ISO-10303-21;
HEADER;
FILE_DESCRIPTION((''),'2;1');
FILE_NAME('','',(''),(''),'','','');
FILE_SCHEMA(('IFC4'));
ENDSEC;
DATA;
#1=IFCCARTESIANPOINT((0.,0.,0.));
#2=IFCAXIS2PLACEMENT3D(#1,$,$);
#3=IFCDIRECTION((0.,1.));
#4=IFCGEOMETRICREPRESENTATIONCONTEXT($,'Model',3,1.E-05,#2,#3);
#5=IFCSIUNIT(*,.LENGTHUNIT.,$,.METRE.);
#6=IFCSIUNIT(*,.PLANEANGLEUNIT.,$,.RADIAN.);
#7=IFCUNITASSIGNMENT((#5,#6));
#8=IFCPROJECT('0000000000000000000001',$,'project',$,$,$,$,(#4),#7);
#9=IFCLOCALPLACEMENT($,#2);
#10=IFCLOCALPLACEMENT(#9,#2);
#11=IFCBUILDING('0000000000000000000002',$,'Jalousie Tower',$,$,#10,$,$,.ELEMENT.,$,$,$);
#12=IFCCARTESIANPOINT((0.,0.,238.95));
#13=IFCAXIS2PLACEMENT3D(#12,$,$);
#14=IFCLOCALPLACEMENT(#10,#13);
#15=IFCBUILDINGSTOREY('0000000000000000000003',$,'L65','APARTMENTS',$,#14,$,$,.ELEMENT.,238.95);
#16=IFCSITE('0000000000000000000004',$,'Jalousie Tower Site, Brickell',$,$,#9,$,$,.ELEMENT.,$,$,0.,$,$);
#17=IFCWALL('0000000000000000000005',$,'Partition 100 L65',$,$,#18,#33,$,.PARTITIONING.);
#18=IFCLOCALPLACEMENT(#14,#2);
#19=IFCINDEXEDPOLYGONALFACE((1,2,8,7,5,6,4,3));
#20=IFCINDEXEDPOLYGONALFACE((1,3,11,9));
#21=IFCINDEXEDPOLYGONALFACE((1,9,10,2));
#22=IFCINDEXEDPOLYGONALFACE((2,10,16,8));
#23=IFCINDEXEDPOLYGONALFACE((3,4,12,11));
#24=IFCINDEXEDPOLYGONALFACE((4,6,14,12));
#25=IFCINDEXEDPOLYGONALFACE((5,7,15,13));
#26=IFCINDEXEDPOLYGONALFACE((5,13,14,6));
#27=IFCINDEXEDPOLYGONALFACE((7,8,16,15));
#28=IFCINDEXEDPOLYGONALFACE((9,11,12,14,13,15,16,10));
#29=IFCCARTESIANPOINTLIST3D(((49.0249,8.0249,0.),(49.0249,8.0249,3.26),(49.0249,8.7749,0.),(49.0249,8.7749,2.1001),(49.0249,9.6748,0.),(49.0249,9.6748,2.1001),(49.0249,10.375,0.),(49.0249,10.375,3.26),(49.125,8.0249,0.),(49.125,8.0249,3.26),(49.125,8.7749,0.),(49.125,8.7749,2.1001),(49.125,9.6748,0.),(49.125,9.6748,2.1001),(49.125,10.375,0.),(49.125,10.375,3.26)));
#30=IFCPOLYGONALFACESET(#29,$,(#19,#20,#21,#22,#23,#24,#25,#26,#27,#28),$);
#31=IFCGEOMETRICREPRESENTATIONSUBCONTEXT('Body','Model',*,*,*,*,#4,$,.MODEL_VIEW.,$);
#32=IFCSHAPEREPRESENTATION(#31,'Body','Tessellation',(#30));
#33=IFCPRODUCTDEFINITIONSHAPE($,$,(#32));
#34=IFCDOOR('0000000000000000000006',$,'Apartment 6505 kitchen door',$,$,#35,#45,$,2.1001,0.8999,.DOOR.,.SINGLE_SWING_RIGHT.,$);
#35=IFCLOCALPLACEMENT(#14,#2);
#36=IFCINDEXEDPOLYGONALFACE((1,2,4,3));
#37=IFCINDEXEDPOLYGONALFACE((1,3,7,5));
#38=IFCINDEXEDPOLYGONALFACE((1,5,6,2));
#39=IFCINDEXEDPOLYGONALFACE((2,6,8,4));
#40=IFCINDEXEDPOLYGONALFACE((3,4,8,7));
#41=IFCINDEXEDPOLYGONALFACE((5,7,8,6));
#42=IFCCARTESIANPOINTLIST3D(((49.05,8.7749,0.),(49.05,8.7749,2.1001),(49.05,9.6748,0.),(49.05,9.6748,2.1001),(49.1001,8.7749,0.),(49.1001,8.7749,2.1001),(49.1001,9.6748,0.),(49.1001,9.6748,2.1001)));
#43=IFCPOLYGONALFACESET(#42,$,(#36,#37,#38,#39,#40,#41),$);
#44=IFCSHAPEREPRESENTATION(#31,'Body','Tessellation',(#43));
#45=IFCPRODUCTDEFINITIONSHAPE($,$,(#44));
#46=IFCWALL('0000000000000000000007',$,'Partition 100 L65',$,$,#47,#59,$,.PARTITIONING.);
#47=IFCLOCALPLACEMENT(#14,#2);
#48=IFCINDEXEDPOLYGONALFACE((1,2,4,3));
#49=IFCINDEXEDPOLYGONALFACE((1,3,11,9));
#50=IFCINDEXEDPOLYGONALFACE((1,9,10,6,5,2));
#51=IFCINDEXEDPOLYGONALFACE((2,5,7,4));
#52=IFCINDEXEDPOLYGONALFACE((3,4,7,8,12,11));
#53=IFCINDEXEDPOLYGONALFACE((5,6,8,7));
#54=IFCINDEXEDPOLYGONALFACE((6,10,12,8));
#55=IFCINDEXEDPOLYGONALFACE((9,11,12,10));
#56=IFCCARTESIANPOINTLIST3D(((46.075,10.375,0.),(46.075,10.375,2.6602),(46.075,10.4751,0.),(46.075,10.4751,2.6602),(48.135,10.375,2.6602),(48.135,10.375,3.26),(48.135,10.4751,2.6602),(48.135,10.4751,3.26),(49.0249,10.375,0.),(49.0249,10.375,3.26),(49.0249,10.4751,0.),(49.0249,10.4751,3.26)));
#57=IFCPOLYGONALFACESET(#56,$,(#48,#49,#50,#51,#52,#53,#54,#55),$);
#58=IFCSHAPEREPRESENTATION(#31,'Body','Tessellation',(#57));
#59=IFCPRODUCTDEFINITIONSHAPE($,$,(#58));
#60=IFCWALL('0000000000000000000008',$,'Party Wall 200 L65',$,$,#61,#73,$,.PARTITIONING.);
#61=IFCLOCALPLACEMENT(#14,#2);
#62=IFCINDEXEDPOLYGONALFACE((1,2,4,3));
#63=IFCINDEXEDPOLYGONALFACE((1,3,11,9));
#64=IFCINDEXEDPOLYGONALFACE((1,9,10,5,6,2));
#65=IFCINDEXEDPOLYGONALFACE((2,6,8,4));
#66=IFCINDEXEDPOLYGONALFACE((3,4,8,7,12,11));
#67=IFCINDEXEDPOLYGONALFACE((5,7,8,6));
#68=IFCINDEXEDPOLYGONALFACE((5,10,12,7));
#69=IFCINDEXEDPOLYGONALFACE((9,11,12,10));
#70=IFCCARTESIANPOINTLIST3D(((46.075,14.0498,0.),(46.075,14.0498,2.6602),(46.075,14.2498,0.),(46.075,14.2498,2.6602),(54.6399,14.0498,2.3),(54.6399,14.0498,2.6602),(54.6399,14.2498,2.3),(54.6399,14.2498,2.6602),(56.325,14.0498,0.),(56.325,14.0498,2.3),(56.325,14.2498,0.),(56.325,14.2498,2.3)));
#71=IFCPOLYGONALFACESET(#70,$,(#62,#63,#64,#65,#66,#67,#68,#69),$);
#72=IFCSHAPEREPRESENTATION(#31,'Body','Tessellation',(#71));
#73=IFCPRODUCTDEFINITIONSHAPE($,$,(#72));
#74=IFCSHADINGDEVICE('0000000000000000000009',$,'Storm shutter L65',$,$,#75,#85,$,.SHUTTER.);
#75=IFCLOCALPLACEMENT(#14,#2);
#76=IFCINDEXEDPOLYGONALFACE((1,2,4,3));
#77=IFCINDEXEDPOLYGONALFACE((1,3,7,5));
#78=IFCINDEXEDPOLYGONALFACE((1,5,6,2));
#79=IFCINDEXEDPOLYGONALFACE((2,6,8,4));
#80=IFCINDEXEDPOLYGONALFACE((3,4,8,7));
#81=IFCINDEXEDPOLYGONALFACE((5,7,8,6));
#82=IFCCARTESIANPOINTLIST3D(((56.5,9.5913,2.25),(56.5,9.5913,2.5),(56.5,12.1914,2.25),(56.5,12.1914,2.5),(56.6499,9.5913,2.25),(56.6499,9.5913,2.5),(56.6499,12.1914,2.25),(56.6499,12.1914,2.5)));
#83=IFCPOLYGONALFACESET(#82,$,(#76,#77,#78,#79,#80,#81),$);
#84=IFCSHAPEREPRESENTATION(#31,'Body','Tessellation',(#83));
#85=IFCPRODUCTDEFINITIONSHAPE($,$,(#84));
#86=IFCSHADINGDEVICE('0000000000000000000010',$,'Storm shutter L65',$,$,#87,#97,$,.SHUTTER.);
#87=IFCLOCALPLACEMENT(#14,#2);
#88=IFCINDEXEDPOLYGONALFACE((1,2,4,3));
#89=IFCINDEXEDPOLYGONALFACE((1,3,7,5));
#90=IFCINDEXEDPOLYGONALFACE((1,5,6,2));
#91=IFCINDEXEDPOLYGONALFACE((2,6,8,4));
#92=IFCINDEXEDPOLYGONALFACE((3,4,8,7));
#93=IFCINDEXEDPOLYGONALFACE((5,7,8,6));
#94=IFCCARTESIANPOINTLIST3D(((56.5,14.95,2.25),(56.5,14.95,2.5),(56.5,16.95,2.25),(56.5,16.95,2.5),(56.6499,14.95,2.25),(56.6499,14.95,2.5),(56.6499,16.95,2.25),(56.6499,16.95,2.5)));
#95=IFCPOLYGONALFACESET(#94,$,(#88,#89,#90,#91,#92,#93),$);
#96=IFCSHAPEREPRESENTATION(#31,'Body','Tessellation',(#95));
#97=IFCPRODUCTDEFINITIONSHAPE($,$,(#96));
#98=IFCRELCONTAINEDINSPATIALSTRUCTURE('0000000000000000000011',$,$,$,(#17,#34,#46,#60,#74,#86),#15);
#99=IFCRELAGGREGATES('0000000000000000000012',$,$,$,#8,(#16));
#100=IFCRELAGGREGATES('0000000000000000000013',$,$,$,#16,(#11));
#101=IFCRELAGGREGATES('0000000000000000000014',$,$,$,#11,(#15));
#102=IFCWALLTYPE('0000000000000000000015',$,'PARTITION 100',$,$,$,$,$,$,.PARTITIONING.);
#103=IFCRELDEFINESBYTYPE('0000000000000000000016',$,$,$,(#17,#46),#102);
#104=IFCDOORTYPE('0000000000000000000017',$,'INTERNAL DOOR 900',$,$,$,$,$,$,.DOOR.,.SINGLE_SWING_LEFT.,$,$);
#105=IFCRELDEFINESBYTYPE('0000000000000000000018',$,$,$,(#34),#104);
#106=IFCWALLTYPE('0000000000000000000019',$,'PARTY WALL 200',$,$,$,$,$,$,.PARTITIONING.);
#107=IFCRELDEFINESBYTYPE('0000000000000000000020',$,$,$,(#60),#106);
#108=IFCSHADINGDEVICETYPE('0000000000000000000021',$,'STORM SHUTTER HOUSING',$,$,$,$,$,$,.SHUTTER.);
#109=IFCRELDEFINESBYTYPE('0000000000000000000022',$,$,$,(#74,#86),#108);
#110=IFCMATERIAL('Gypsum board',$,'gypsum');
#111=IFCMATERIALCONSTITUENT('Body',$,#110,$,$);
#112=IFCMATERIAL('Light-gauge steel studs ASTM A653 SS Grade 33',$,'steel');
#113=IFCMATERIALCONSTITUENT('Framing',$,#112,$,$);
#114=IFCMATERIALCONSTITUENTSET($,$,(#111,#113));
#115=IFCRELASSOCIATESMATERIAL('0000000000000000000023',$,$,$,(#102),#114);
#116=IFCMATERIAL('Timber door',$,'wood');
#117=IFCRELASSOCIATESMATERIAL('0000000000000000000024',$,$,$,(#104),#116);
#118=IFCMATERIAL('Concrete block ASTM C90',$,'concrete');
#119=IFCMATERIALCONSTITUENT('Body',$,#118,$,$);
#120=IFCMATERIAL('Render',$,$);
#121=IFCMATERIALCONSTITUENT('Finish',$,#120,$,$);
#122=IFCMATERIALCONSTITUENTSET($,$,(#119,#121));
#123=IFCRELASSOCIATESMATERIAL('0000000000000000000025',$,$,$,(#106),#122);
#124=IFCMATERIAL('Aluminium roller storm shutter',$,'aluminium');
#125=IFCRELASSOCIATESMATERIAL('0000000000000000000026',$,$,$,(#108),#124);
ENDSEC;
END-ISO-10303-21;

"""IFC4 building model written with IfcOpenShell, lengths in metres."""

from ifc_helpers import new_model, si_unit, direction, frame, frame_2d, origin, origin_2d, place, context, subcontext, project, spatial, polyline, rectangle, outline, extrude, material, constituent, constituent_set, type_object, element, fill, save


model = new_model("IFC4")

# Units and contexts
model_context = context("Model", 3, precision=1e-05, world=origin(), true_north=direction((0.0, 1.0)))
body_context = subcontext(model_context, "Body", "Model", "MODEL_VIEW")
ifc_project = project(units=[si_unit("LENGTHUNIT", "METRE"), si_unit("PLANEANGLEUNIT", "RADIAN")], contexts=[model_context])

# Site, building, storey
site_placement = place(None, origin())
site = spatial("IfcSite", under=ifc_project, at=site_placement, Name="Jalousie Tower Site, Brickell", CompositionType="ELEMENT", RefElevation=0.0)
building_placement = place(site_placement, origin())
building = spatial("IfcBuilding", under=site, at=building_placement, Name="Jalousie Tower", CompositionType="ELEMENT")
storey_placement = place(building_placement, frame((0.0, 0.0, 238.95)))
storey = spatial("IfcBuildingStorey", under=building, at=storey_placement, Name="L65", Description="APARTMENTS", CompositionType="ELEMENT", Elevation=238.95)

# Wall, opening, door
ifc_material_1 = material(Name="Gypsum board", Category="gypsum")
ifc_constituent_1 = constituent(ifc_material_1, Name="Body")
ifc_material_2 = material(Name="Light-gauge steel studs ASTM A653 SS Grade 33", Category="steel")
ifc_constituent_2 = constituent(ifc_material_2, Name="Framing")
ifc_constituent_set_1 = constituent_set(constituents=[ifc_constituent_1, ifc_constituent_2])
wall_type_1 = type_object("IfcWallType", Name="PARTITION 100", PredefinedType="PARTITIONING", material=ifc_constituent_set_1)
wall_1_placement = place(storey_placement, frame((49.075, 8.0249, 0.0), z_axis=(0.0, 0.0, 1.0), x_axis=(0.0, 1.0, 0.0)))
wall_1 = element("IfcWall", 1, at=wall_1_placement, inside=storey, type_object=wall_type_1, Name="Partition 100 L65", PredefinedType="PARTITIONING", context=body_context, shape_type="SweptSolid", body=[
    extrude(rectangle(XDim=2.3501, YDim=0.1001, at=frame_2d((1.175, 0.0))), origin(), (0.0, 0.0, 1.0), 3.26),
])
opening_1_placement = place(wall_1_placement, frame((0.75, 0.0, 0.0)))
opening_1 = element("IfcOpeningElement", 2, at=opening_1_placement, cuts=wall_1, PredefinedType="OPENING", context=body_context, shape_type="SweptSolid", body=[
    extrude(rectangle(XDim=0.8999, YDim=2.1001, at=frame_2d((0.45, 1.05))), frame((0.0, 0.0601, 0.0), z_axis=(0.0, -1.0, 0.0), x_axis=(1.0, 0.0, 0.0)), (0.0, 0.0, 1.0), 0.1201),
])
ifc_material_3 = material(Name="Timber door", Category="wood")
door_type_1 = type_object("IfcDoorType", Name="INTERNAL DOOR 900", OperationType="SINGLE_SWING_LEFT", PredefinedType="DOOR", material=ifc_material_3)
door_1_placement = place(opening_1_placement, origin())
door_1 = element("IfcDoor", 3, at=door_1_placement, inside=storey, type_object=door_type_1, Name="Apartment 6505 kitchen door", OperationType="SINGLE_SWING_RIGHT", OverallHeight=2.1001, OverallWidth=0.8999, PredefinedType="DOOR", context=body_context, shape_type="SweptSolid", body=[
    extrude(rectangle(XDim=0.8999, YDim=2.1001, at=frame_2d((0.45, 1.05))), frame((0.0, 0.0249, 0.0), z_axis=(0.0, -1.0, 0.0), x_axis=(1.0, 0.0, 0.0)), (0.0, 0.0, 1.0), 0.05),
])
fill(opening_1, door_1)

# Walls
wall_2_placement = place(storey_placement, frame((49.0249, 10.425, 0.0), z_axis=(0.0, 0.0, 1.0), x_axis=(-1.0, 0.0, 0.0)))
element("IfcWall", 4, at=wall_2_placement, inside=storey, type_object=wall_type_1, Name="Partition 100 L65", PredefinedType="PARTITIONING", context=body_context, shape_type="SweptSolid", body=[
    extrude(outline(polyline([(0.0, 0.0), (2.95, 0.0), (2.95, 3.26), (2.95, 2.6602), (0.8899, 2.6602), (0.8899, 3.26), (0.0, 3.26), (0.0, 0.0)])), frame((0.0, 0.05, 0.0), z_axis=(0.0, -1.0, 0.0), x_axis=(1.0, 0.0, 0.0)), (0.0, 0.0, 1.0), 0.1001),
])
ifc_material_4 = material(Name="Concrete block ASTM C90", Category="concrete")
ifc_constituent_3 = constituent(ifc_material_4, Name="Body")
ifc_material_5 = material(Name="Render")
ifc_constituent_4 = constituent(ifc_material_5, Name="Finish")
ifc_constituent_set_2 = constituent_set(constituents=[ifc_constituent_3, ifc_constituent_4])
wall_type_2 = type_object("IfcWallType", Name="PARTY WALL 200", PredefinedType="PARTITIONING", material=ifc_constituent_set_2)
wall_3_placement = place(storey_placement, frame((56.325, 14.1499, 0.0), z_axis=(0.0, 0.0, 1.0), x_axis=(-1.0, 0.0, 0.0)))
element("IfcWall", 5, at=wall_3_placement, inside=storey, type_object=wall_type_2, Name="Party Wall 200 L65", PredefinedType="PARTITIONING", context=body_context, shape_type="SweptSolid", body=[
    extrude(outline(polyline([(0.0, 0.0), (10.25, 0.0), (10.25, 3.26), (10.25, 2.6602), (1.6851, 2.6602), (1.6851, 2.3), (0.0, 2.3), (0.0, 3.26), (0.0, 0.0)])), frame((0.0, 0.1001, 0.0), z_axis=(0.0, -1.0, 0.0), x_axis=(1.0, 0.0, 0.0)), (0.0, 0.0, 1.0), 0.2),
])

# Shading devices
ifc_material_6 = material(Name="Aluminium roller storm shutter", Category="aluminium")
shading_device_type = type_object("IfcShadingDeviceType", Name="STORM SHUTTER HOUSING", PredefinedType="SHUTTER", material=ifc_material_6)
shading_device_1_placement = place(storey_placement, frame((56.575, 10.8914, 2.25), z_axis=(0.0, 0.0, 1.0), x_axis=(0.0, 1.0, 0.0)))
element("IfcShadingDevice", 6, at=shading_device_1_placement, inside=storey, type_object=shading_device_type, Name="Storm shutter L65", PredefinedType="SHUTTER", context=body_context, shape_type="SweptSolid", body=[
    extrude(rectangle(XDim=2.6001, YDim=0.1499, at=origin_2d()), origin(), (0.0, 0.0, 1.0), 0.25),
])
shading_device_2_placement = place(storey_placement, frame((56.575, 15.95, 2.25), z_axis=(0.0, 0.0, 1.0), x_axis=(0.0, 1.0, 0.0)))
element("IfcShadingDevice", 7, at=shading_device_2_placement, inside=storey, type_object=shading_device_type, Name="Storm shutter L65", PredefinedType="SHUTTER", context=body_context, shape_type="SweptSolid", body=[
    extrude(rectangle(XDim=2.0, YDim=0.1499, at=origin_2d()), origin(), (0.0, 0.0, 1.0), 0.25),
])

save(model, "model.ifc")
